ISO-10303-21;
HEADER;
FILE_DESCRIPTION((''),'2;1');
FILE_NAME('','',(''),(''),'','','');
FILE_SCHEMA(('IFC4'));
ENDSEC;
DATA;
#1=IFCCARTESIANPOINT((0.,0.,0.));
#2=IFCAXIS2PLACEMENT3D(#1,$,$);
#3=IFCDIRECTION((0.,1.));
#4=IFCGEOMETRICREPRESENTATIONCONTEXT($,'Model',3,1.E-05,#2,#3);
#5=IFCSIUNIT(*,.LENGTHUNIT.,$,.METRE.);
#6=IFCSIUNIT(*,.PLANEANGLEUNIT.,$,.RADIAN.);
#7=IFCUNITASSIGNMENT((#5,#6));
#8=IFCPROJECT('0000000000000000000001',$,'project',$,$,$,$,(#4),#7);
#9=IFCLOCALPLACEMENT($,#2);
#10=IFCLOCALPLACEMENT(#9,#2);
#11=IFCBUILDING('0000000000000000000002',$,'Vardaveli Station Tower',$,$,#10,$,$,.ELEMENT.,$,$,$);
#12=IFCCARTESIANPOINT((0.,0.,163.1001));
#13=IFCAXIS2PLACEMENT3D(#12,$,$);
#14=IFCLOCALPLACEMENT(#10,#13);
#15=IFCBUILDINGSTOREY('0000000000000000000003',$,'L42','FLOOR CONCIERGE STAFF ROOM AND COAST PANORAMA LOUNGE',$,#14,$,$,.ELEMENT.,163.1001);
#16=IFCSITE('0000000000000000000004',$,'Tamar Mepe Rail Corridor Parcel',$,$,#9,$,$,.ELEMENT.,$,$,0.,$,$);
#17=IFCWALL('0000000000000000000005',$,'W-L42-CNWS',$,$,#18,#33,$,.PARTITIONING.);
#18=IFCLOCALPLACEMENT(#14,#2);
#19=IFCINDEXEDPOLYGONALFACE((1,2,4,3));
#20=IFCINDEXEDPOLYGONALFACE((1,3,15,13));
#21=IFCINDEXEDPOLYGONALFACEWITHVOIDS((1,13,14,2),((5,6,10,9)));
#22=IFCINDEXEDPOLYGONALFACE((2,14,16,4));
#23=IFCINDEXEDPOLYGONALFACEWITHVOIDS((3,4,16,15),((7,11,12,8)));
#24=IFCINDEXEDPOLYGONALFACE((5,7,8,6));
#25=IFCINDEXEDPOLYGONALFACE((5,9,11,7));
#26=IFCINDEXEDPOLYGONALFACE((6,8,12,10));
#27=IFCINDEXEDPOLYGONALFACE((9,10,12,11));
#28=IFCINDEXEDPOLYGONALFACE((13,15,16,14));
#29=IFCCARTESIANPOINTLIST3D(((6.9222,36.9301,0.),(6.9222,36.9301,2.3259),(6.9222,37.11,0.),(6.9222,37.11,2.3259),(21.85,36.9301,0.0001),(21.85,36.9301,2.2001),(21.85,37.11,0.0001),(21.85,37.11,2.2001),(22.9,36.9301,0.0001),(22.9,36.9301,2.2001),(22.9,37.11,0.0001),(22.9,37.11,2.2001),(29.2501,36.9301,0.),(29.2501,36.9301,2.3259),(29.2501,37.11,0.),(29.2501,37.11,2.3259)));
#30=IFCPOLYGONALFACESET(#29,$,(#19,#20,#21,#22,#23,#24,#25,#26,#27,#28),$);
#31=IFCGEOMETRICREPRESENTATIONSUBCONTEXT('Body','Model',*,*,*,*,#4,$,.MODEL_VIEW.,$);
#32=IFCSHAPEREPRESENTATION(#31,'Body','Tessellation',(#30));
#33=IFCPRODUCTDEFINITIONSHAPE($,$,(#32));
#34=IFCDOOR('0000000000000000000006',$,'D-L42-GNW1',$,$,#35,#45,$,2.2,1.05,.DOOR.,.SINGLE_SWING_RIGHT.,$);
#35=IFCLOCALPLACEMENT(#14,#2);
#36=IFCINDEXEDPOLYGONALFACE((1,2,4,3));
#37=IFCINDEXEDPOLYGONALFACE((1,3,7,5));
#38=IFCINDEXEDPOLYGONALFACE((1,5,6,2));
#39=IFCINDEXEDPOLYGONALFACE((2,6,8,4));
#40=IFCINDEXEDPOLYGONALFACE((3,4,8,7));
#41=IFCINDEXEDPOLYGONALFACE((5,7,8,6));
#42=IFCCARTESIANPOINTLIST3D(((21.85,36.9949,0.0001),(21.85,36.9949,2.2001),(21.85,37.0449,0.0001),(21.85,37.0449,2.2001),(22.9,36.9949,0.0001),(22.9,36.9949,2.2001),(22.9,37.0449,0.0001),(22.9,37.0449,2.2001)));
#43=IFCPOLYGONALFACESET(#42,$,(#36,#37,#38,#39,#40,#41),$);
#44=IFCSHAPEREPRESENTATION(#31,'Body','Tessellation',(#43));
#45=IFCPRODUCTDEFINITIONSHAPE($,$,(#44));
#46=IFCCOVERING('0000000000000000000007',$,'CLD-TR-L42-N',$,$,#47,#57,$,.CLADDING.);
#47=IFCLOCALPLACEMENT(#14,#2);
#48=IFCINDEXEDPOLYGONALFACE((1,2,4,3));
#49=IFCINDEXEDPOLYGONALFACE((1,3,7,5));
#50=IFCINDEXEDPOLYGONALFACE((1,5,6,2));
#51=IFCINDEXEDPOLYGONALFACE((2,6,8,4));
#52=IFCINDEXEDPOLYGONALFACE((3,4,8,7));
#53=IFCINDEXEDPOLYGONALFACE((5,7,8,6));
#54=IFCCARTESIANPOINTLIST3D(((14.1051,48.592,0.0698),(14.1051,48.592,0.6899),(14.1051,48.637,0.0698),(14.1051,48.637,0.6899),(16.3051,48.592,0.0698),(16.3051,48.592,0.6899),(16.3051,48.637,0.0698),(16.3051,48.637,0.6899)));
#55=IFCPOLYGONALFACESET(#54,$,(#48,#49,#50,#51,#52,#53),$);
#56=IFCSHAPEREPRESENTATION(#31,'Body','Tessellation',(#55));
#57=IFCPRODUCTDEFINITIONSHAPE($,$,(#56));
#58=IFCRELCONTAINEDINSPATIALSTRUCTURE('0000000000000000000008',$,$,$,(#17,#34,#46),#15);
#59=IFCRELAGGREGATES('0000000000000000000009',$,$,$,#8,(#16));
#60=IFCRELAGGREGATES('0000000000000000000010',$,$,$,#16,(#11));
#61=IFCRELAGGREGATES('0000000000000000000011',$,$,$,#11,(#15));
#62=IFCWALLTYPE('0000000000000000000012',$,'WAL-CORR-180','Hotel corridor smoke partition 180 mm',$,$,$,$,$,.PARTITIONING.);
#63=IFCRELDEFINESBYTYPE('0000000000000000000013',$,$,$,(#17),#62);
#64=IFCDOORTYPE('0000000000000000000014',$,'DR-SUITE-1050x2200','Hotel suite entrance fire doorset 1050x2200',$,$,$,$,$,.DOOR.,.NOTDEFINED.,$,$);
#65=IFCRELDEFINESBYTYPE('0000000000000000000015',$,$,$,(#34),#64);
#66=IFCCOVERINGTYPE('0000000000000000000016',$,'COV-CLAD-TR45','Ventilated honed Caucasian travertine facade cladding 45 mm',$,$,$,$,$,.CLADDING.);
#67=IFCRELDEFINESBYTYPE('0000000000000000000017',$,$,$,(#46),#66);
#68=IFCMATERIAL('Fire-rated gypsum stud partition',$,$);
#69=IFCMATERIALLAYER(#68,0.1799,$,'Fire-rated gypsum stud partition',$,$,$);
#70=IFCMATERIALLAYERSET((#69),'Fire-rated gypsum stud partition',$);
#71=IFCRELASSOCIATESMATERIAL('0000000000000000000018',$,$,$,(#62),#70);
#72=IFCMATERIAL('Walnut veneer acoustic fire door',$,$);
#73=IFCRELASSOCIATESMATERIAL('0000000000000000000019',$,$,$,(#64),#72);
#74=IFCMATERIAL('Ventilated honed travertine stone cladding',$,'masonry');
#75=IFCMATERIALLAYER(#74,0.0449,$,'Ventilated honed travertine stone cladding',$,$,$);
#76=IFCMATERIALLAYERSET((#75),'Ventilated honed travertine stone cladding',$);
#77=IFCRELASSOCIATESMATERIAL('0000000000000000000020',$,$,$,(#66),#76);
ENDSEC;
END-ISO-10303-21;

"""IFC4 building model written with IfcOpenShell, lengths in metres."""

from ifc_helpers import new_model, si_unit, direction, frame, frame_2d, origin, origin_2d, place, context, subcontext, project, spatial, rectangle, extrude, source, transform, mapped, material, layer, layer_set, type_object, element, fill, save


model = new_model("IFC4")

# Units and contexts
model_context = context("Model", 3, precision=1e-05, world=origin(), true_north=direction((0.0, 1.0)))
body_context = subcontext(model_context, "Body", "Model", "MODEL_VIEW")
ifc_project = project(units=[si_unit("LENGTHUNIT", "METRE"), si_unit("PLANEANGLEUNIT", "RADIAN")], contexts=[model_context])

# Site, building, storey
site_placement = place(None, origin())
site = spatial("IfcSite", under=ifc_project, at=site_placement, Name="Tamar Mepe Rail Corridor Parcel", CompositionType="ELEMENT", RefElevation=0.0)
building_placement = place(site_placement, origin())
building = spatial("IfcBuilding", under=site, at=building_placement, Name="Vardaveli Station Tower", CompositionType="ELEMENT")
storey_placement = place(building_placement, frame((0.0, 0.0, 163.1001)))
storey = spatial("IfcBuildingStorey", under=building, at=storey_placement, Name="L42", Description="FLOOR CONCIERGE STAFF ROOM AND COAST PANORAMA LOUNGE", CompositionType="ELEMENT", Elevation=163.1001)

# Wall, opening, door
ifc_material_1 = material(Name="Fire-rated gypsum stud partition")
ifc_layer_1 = layer(ifc_material_1, 0.1799, Name="Fire-rated gypsum stud partition")
ifc_layer_set_1 = layer_set([ifc_layer_1], Name="Fire-rated gypsum stud partition")
wall_type_1 = type_object("IfcWallType", Name="WAL-CORR-180", Description="Hotel corridor smoke partition 180 mm", PredefinedType="PARTITIONING", material=ifc_layer_set_1)
shared_shape_1 = source(origin(), body_context, "Body", "SweptSolid", [
    extrude(rectangle(XDim=22.3279, YDim=0.1799, at=frame_2d((11.1641, 0.0))), origin(), (0.0, 0.0, 1.0), 2.3259),
])
wall_1_placement = place(storey_placement, frame((6.9221, 37.02, 0.0), z_axis=(0.0, 0.0, 1.0), x_axis=(1.0, 0.0, 0.0)))
wall_1 = element("IfcWall", 1, at=wall_1_placement, inside=storey, type_object=wall_type_1, Name="W-L42-CNWS", PredefinedType="PARTITIONING", context=body_context, shape_type="MappedRepresentation", body=[
    mapped(shared_shape_1, transform((0.0, 0.0, 0.0), scale=1.0)),
])
shared_shape_2 = source(origin(), body_context, "Body", "SweptSolid", [
    extrude(rectangle(XDim=1.05, YDim=2.2, at=frame_2d((0.5249, 1.1001))), frame((0.0, 0.1001, 0.0), z_axis=(0.0, -1.0, 0.0), x_axis=(1.0, 0.0, 0.0)), (0.0, 0.0, 1.0), 0.2),
])
opening_1_placement = place(wall_1_placement, frame((14.928, 0.0, 0.0)))
opening_1 = element("IfcOpeningElement", 2, at=opening_1_placement, cuts=wall_1, PredefinedType="OPENING", context=body_context, shape_type="MappedRepresentation", body=[
    mapped(shared_shape_2, transform((0.0, 0.0, 0.0), scale=1.0)),
])
ifc_material_2 = material(Name="Walnut veneer acoustic fire door")
door_type_1 = type_object("IfcDoorType", Name="DR-SUITE-1050x2200", Description="Hotel suite entrance fire doorset 1050x2200", OperationType="NOTDEFINED", PredefinedType="DOOR", material=ifc_material_2)
shared_shape_3 = source(origin(), body_context, "Body", "SweptSolid", [
    extrude(rectangle(XDim=1.05, YDim=2.2, at=frame_2d((0.5249, 1.1001))), frame((0.0, 0.0249, 0.0), z_axis=(0.0, -1.0, 0.0), x_axis=(1.0, 0.0, 0.0)), (0.0, 0.0, 1.0), 0.05),
])
door_1_placement = place(opening_1_placement, origin())
door_1 = element("IfcDoor", 3, at=door_1_placement, inside=storey, type_object=door_type_1, Name="D-L42-GNW1", OperationType="SINGLE_SWING_RIGHT", OverallHeight=2.2, OverallWidth=1.05, PredefinedType="DOOR", context=body_context, shape_type="MappedRepresentation", body=[
    mapped(shared_shape_3, transform((0.0, 0.0, 0.0), scale=1.0)),
])
fill(opening_1, door_1)

# Covering
ifc_material_3 = material(Name="Ventilated honed travertine stone cladding", Category="masonry")
ifc_layer_2 = layer(ifc_material_3, 0.0449, Name="Ventilated honed travertine stone cladding")
ifc_layer_set_2 = layer_set([ifc_layer_2], Name="Ventilated honed travertine stone cladding")
covering_type = type_object("IfcCoveringType", Name="COV-CLAD-TR45", Description="Ventilated honed Caucasian travertine facade cladding 45 mm", PredefinedType="CLADDING", material=ifc_layer_set_2)
shared_shape_4 = source(origin(), body_context, "Body", "SweptSolid", [
    extrude(rectangle(XDim=2.2, YDim=0.0449, at=origin_2d()), origin(), (0.0, 0.0, 1.0), 0.6201),
])
covering_placement = place(storey_placement, frame((15.2051, 48.6145, 0.0698), z_axis=(0.0, 0.0, 1.0), x_axis=(1.0, 0.0, 0.0)))
element("IfcCovering", 4, at=covering_placement, inside=storey, type_object=covering_type, Name="CLD-TR-L42-N", PredefinedType="CLADDING", context=body_context, shape_type="MappedRepresentation", body=[
    mapped(shared_shape_4, transform((0.0, 0.0, 0.0), scale=1.0)),
])

save(model, "model.ifc")
